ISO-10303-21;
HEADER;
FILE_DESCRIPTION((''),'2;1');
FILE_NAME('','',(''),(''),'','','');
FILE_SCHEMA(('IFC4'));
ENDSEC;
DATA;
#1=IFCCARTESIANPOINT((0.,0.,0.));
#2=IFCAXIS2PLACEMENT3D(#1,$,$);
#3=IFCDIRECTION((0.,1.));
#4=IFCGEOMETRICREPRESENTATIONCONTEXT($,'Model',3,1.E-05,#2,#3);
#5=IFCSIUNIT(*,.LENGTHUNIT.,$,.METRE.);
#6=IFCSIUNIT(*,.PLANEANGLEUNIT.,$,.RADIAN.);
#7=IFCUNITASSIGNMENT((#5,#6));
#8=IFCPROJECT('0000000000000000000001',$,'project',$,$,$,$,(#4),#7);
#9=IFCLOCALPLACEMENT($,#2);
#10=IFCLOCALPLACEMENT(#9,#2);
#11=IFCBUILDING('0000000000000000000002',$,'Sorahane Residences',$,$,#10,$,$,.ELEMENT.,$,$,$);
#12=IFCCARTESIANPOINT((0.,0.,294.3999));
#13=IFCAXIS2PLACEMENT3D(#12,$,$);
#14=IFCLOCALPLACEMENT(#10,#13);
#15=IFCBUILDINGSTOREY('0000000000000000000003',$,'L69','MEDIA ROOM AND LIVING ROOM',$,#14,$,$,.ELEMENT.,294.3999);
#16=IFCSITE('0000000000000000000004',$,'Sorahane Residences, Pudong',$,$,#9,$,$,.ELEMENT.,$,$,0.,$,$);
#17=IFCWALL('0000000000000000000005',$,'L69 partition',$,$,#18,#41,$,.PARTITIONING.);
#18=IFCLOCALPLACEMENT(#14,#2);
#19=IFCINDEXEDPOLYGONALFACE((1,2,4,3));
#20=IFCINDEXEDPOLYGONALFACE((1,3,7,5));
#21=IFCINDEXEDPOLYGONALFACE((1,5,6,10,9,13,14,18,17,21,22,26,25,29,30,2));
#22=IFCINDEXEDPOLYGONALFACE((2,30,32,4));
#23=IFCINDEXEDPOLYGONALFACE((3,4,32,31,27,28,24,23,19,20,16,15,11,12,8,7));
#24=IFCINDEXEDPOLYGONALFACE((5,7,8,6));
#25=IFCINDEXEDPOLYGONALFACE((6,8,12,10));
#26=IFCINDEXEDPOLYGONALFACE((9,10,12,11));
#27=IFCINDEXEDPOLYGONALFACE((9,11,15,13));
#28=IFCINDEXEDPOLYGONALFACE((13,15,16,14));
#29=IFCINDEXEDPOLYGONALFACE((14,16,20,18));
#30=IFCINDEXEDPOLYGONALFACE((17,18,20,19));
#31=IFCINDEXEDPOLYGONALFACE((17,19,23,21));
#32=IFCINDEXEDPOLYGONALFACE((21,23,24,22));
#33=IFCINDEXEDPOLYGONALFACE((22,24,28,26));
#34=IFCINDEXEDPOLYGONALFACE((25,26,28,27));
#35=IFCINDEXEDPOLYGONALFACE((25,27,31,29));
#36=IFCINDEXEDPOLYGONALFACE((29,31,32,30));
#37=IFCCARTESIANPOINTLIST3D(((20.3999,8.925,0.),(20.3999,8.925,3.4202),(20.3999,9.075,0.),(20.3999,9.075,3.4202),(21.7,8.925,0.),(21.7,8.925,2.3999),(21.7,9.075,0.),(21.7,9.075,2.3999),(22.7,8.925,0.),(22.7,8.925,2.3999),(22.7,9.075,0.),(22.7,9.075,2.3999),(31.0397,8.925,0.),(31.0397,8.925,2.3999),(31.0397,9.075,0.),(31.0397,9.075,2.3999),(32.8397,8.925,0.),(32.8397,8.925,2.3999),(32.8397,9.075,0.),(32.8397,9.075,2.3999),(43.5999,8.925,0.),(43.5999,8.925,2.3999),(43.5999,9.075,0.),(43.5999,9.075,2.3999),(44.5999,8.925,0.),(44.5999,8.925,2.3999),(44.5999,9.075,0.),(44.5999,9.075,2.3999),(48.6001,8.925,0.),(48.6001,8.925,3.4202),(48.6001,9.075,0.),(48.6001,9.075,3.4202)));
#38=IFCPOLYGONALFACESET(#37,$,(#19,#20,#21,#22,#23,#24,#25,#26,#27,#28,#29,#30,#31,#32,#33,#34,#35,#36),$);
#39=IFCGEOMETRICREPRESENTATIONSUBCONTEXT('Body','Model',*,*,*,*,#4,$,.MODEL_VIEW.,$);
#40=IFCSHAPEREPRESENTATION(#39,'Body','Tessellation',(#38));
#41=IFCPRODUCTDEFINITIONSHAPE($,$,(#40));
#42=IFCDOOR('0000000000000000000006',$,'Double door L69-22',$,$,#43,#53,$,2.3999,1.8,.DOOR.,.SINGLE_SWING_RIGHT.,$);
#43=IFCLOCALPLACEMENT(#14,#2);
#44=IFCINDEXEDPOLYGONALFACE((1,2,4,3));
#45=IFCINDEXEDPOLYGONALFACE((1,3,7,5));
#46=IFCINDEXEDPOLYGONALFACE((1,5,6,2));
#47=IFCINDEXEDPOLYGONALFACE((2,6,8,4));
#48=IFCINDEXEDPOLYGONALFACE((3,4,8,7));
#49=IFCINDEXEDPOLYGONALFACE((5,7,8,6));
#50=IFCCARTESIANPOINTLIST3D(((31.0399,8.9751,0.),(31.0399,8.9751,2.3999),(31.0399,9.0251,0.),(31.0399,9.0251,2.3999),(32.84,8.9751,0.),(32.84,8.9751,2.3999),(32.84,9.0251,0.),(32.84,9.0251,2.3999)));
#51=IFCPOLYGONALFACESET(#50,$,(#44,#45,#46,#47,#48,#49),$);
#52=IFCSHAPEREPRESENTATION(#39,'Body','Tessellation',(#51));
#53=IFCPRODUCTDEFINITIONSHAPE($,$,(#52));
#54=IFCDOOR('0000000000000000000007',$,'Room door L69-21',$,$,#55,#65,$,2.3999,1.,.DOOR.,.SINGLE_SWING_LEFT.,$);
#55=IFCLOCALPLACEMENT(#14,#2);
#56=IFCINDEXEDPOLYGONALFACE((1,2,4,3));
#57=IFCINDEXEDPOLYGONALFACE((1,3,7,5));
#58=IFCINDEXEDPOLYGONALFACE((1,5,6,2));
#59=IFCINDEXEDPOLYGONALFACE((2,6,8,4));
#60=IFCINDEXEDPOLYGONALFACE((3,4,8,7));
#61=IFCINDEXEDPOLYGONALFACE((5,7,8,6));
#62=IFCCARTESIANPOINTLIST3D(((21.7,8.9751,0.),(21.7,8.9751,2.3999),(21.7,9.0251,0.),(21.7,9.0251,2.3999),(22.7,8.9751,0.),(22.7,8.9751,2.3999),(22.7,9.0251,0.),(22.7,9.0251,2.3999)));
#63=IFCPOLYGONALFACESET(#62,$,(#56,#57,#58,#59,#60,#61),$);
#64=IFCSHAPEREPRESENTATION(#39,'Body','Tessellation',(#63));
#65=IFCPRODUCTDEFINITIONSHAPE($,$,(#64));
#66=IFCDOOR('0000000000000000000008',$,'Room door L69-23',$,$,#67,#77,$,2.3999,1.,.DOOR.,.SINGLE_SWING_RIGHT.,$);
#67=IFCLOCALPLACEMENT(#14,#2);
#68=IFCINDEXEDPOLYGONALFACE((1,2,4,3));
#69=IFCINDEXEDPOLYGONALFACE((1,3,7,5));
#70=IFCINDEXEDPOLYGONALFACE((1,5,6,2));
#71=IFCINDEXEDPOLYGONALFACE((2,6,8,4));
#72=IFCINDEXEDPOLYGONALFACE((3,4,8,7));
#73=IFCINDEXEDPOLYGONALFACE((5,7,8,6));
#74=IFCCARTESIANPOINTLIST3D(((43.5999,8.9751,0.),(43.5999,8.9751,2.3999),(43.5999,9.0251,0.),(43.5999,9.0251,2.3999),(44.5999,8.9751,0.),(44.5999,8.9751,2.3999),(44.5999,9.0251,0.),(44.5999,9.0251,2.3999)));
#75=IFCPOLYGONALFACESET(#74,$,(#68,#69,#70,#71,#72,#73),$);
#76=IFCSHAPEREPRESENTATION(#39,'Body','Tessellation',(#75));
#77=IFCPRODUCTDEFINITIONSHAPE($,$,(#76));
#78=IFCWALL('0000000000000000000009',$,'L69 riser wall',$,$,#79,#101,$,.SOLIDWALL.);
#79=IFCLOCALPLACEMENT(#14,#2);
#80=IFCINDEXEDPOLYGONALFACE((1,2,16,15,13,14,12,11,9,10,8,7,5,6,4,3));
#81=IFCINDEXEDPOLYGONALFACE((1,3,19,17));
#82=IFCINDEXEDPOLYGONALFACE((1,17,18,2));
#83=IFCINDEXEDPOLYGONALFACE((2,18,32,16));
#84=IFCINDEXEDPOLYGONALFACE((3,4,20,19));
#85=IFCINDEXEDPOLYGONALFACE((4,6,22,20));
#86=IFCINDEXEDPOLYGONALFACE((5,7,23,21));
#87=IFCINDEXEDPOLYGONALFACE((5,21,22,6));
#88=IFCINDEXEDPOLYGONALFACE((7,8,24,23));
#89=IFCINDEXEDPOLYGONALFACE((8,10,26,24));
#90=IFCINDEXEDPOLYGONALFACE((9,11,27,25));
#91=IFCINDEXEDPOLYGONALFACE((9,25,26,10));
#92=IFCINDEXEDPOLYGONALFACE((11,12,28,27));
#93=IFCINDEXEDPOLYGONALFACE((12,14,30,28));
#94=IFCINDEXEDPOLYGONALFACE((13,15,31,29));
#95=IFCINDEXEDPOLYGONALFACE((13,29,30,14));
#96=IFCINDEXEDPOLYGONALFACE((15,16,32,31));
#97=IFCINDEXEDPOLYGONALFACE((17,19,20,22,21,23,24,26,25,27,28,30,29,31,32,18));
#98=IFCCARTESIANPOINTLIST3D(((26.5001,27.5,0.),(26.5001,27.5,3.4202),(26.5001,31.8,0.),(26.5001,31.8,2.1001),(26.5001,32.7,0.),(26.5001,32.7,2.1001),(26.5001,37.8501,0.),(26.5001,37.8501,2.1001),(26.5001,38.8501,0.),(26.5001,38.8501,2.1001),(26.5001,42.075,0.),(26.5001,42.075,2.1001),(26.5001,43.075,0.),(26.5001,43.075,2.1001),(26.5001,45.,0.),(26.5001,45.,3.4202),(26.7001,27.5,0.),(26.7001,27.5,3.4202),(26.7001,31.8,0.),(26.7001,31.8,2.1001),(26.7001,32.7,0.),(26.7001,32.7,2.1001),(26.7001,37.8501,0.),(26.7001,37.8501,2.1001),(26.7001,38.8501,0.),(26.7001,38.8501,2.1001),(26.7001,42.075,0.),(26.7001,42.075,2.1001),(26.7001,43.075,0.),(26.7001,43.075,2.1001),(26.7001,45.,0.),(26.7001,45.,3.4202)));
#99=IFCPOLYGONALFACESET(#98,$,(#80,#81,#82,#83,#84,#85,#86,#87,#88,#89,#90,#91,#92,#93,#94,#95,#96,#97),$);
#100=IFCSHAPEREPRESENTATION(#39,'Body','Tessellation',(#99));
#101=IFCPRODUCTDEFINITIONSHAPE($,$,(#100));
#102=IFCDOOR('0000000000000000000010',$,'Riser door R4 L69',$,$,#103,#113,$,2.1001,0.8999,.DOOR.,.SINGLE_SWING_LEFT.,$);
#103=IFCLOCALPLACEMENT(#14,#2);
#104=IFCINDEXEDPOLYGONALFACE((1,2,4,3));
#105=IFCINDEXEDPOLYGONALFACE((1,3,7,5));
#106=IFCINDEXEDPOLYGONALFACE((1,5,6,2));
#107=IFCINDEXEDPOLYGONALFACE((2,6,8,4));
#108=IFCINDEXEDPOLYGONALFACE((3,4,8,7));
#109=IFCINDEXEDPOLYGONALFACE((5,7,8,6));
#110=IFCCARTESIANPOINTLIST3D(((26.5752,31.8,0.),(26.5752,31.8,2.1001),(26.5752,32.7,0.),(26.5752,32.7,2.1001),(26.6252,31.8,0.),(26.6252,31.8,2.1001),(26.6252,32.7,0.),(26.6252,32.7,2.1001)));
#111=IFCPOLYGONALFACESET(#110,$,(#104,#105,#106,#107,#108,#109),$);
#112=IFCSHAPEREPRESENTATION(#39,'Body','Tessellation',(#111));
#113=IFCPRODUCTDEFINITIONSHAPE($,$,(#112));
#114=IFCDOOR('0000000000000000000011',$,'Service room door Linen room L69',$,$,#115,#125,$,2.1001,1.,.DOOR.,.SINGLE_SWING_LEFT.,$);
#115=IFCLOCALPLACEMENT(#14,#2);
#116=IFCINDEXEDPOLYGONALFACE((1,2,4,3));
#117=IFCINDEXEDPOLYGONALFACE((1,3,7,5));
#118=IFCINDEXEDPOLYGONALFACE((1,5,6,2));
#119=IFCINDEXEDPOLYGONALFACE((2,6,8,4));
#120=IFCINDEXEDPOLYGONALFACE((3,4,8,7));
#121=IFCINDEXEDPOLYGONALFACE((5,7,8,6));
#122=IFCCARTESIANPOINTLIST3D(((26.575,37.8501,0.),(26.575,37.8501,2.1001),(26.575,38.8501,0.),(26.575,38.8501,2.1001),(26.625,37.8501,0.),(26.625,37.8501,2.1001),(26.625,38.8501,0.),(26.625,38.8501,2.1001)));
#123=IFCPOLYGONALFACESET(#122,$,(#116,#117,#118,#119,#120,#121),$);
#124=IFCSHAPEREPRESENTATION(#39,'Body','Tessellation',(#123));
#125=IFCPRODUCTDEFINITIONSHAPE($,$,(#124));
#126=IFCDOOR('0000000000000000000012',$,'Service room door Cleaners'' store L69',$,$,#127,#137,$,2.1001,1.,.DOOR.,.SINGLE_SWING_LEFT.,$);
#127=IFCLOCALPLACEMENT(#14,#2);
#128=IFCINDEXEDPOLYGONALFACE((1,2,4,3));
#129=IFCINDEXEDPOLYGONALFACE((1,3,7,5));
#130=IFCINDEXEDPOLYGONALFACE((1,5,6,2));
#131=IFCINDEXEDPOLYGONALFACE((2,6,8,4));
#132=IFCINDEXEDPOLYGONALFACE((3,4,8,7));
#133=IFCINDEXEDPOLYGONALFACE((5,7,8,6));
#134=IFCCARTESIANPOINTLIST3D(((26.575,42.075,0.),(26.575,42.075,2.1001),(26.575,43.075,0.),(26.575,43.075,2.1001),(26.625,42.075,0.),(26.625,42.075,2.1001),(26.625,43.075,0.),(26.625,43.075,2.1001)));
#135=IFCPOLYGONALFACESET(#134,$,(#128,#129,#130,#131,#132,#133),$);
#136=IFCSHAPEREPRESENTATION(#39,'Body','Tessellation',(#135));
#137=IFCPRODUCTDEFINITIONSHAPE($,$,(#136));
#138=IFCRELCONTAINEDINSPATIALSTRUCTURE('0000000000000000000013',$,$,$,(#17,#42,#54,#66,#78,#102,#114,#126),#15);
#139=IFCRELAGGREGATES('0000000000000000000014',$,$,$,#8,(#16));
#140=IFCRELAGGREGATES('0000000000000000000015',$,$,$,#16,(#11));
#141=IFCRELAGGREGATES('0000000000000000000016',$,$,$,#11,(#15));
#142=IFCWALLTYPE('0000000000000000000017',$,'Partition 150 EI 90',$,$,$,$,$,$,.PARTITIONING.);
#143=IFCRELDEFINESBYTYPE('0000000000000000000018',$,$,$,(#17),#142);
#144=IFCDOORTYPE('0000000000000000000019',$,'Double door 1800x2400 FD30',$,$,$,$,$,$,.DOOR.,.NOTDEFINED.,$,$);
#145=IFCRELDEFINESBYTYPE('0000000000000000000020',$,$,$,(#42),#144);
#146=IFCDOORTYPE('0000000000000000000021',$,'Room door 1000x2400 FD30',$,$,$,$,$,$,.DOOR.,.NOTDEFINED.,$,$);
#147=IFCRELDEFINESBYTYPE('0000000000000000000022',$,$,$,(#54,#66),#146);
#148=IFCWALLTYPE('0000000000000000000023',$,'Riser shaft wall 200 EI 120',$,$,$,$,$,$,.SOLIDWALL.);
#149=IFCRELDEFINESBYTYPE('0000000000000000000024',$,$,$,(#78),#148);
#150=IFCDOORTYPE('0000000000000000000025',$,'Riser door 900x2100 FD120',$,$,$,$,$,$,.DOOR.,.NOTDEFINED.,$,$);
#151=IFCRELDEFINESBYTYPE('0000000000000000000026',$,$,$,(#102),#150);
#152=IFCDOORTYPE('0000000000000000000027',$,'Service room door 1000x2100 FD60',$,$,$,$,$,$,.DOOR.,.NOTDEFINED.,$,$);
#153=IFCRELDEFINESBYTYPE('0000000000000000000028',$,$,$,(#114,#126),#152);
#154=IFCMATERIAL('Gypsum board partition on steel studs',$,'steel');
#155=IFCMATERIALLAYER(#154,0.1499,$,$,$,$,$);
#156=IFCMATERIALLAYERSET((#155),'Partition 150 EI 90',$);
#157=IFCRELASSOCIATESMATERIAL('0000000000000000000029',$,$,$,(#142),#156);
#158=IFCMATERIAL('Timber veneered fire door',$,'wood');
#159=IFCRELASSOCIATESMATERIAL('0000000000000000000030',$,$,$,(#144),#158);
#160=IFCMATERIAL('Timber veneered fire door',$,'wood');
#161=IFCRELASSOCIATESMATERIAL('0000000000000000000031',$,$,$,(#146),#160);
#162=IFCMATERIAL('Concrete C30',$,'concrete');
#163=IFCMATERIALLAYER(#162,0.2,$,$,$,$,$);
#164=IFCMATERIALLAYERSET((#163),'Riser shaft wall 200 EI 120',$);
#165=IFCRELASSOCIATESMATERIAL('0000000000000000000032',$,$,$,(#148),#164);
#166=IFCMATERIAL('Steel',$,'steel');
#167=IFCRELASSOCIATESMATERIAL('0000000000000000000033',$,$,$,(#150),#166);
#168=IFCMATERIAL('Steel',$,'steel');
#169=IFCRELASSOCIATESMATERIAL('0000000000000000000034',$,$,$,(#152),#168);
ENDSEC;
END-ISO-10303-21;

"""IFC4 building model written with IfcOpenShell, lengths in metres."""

from ifc_helpers import new_model, si_unit, direction, frame, frame_2d, origin, place, context, subcontext, project, spatial, rectangle, extrude, material, layer, layer_set, type_object, element, fill, save


model = new_model("IFC4")

# Units and contexts
model_context = context("Model", 3, precision=1e-05, world=origin(), true_north=direction((0.0, 1.0)))
body_context = subcontext(model_context, "Body", "Model", "MODEL_VIEW")
ifc_project = project(units=[si_unit("LENGTHUNIT", "METRE"), si_unit("PLANEANGLEUNIT", "RADIAN")], contexts=[model_context])

# Site, building, storey
site_placement = place(None, origin())
site = spatial("IfcSite", under=ifc_project, at=site_placement, Name="Sorahane Residences, Pudong", CompositionType="ELEMENT", RefElevation=0.0)
building_placement = place(site_placement, origin())
building = spatial("IfcBuilding", under=site, at=building_placement, Name="Sorahane Residences", CompositionType="ELEMENT")
storey_placement = place(building_placement, frame((0.0, 0.0, 294.3999)))
storey = spatial("IfcBuildingStorey", under=building, at=storey_placement, Name="L69", Description="MEDIA ROOM AND LIVING ROOM", CompositionType="ELEMENT", Elevation=294.3999)

# Shared definitions
ifc_material_1 = material(Name="Gypsum board partition on steel studs", Category="steel")
ifc_layer_1 = layer(ifc_material_1, 0.1499)
ifc_layer_set_1 = layer_set([ifc_layer_1], Name="Partition 150 EI 90")
wall_type_1 = type_object("IfcWallType", Name="Partition 150 EI 90", PredefinedType="PARTITIONING", material=ifc_layer_set_1)

# Walls, openings, doors
wall_1_placement = place(storey_placement, frame((20.3999, 9.0, 0.0), z_axis=(0.0, 0.0, 1.0), x_axis=(1.0, 0.0, 0.0)))
wall_1 = element("IfcWall", 1, at=wall_1_placement, inside=storey, type_object=wall_type_1, Name="L69 partition", PredefinedType="PARTITIONING", context=body_context, shape_type="SweptSolid", body=[
    extrude(rectangle(XDim=28.2002, YDim=0.1499, at=frame_2d((14.1001, 0.0))), origin(), (0.0, 0.0, 1.0), 3.4202),
])
opening_1_placement = place(wall_1_placement, frame((1.3, 0.0, 0.0)))
opening_1 = element("IfcOpeningElement", 2, at=opening_1_placement, cuts=wall_1, PredefinedType="OPENING", context=body_context, shape_type="SweptSolid", body=[
    extrude(rectangle(XDim=1.0, YDim=2.3999, at=frame_2d((0.5, 1.2))), frame((0.0, 0.085, 0.0), z_axis=(0.0, -1.0, 0.0), x_axis=(1.0, 0.0, 0.0)), (0.0, 0.0, 1.0), 0.1699),
])
opening_2_placement = place(wall_1_placement, frame((10.6399, 0.0, 0.0)))
opening_2 = element("IfcOpeningElement", 3, at=opening_2_placement, cuts=wall_1, PredefinedType="OPENING", context=body_context, shape_type="SweptSolid", body=[
    extrude(rectangle(XDim=1.8, YDim=2.3999, at=frame_2d((0.8999, 1.2))), frame((0.0, 0.085, 0.0), z_axis=(0.0, -1.0, 0.0), x_axis=(1.0, 0.0, 0.0)), (0.0, 0.0, 1.0), 0.1699),
])
opening_3_placement = place(wall_1_placement, frame((23.2, 0.0, 0.0)))
opening_3 = element("IfcOpeningElement", 4, at=opening_3_placement, cuts=wall_1, PredefinedType="OPENING", context=body_context, shape_type="SweptSolid", body=[
    extrude(rectangle(XDim=1.0, YDim=2.3999, at=frame_2d((0.5, 1.2))), frame((0.0, 0.085, 0.0), z_axis=(0.0, -1.0, 0.0), x_axis=(1.0, 0.0, 0.0)), (0.0, 0.0, 1.0), 0.1699),
])
ifc_material_2 = material(Name="Timber veneered fire door", Category="wood")
door_type_1 = type_object("IfcDoorType", Name="Double door 1800x2400 FD30", OperationType="NOTDEFINED", PredefinedType="DOOR", material=ifc_material_2)
door_1_placement = place(opening_2_placement, frame((1.8, 0.0, 0.0), z_axis=(0.0, 0.0, 1.0), x_axis=(-1.0, 0.0, 0.0)))
door_1 = element("IfcDoor", 5, at=door_1_placement, inside=storey, type_object=door_type_1, Name="Double door L69-22", OperationType="SINGLE_SWING_RIGHT", OverallHeight=2.3999, OverallWidth=1.8, PredefinedType="DOOR", context=body_context, shape_type="SweptSolid", body=[
    extrude(rectangle(XDim=1.8, YDim=2.3999, at=frame_2d((0.8999, 1.2))), frame((0.0, 0.0249, 0.0), z_axis=(0.0, -1.0, 0.0), x_axis=(1.0, 0.0, 0.0)), (0.0, 0.0, 1.0), 0.05),
])
fill(opening_2, door_1)
ifc_material_3 = material(Name="Timber veneered fire door", Category="wood")
door_type_2 = type_object("IfcDoorType", Name="Room door 1000x2400 FD30", OperationType="NOTDEFINED", PredefinedType="DOOR", material=ifc_material_3)
door_2_placement = place(opening_1_placement, frame((1.0, 0.0, 0.0), z_axis=(0.0, 0.0, 1.0), x_axis=(-1.0, 0.0, 0.0)))
door_2 = element("IfcDoor", 6, at=door_2_placement, inside=storey, type_object=door_type_2, Name="Room door L69-21", OperationType="SINGLE_SWING_LEFT", OverallHeight=2.3999, OverallWidth=1.0, PredefinedType="DOOR", context=body_context, shape_type="SweptSolid", body=[
    extrude(rectangle(XDim=1.0, YDim=2.3999, at=frame_2d((0.5, 1.2))), frame((0.0, 0.0249, 0.0), z_axis=(0.0, -1.0, 0.0), x_axis=(1.0, 0.0, 0.0)), (0.0, 0.0, 1.0), 0.05),
])
fill(opening_1, door_2)
door_3_placement = place(opening_3_placement, frame((1.0, 0.0, 0.0), z_axis=(0.0, 0.0, 1.0), x_axis=(-1.0, 0.0, 0.0)))
door_3 = element("IfcDoor", 7, at=door_3_placement, inside=storey, type_object=door_type_2, Name="Room door L69-23", OperationType="SINGLE_SWING_RIGHT", OverallHeight=2.3999, OverallWidth=1.0, PredefinedType="DOOR", context=body_context, shape_type="SweptSolid", body=[
    extrude(rectangle(XDim=1.0, YDim=2.3999, at=frame_2d((0.5, 1.2))), frame((0.0, 0.0249, 0.0), z_axis=(0.0, -1.0, 0.0), x_axis=(1.0, 0.0, 0.0)), (0.0, 0.0, 1.0), 0.05),
])
fill(opening_3, door_3)
ifc_material_4 = material(Name="Concrete C30", Category="concrete")
ifc_layer_2 = layer(ifc_material_4, 0.2)
ifc_layer_set_2 = layer_set([ifc_layer_2], Name="Riser shaft wall 200 EI 120")
wall_type_2 = type_object("IfcWallType", Name="Riser shaft wall 200 EI 120", PredefinedType="SOLIDWALL", material=ifc_layer_set_2)
wall_2_placement = place(storey_placement, frame((26.6001, 27.5, 0.0), z_axis=(0.0, 0.0, 1.0), x_axis=(0.0, 1.0, 0.0)))
wall_2 = element("IfcWall", 8, at=wall_2_placement, inside=storey, type_object=wall_type_2, Name="L69 riser wall", PredefinedType="SOLIDWALL", context=body_context, shape_type="SweptSolid", body=[
    extrude(rectangle(XDim=17.5, YDim=0.2, at=frame_2d((8.75, 0.0))), origin(), (0.0, 0.0, 1.0), 3.4202),
])
opening_4_placement = place(wall_2_placement, frame((4.3, 0.0, 0.0)))
opening_4 = element("IfcOpeningElement", 9, at=opening_4_placement, cuts=wall_2, PredefinedType="OPENING", context=body_context, shape_type="SweptSolid", body=[
    extrude(rectangle(XDim=0.8999, YDim=2.1001, at=frame_2d((0.45, 1.05))), frame((0.0, 0.1099, 0.0), z_axis=(0.0, -1.0, 0.0), x_axis=(1.0, 0.0, 0.0)), (0.0, 0.0, 1.0), 0.22),
])
opening_5_placement = place(wall_2_placement, frame((10.3501, 0.0, 0.0)))
opening_5 = element("IfcOpeningElement", 10, at=opening_5_placement, cuts=wall_2, PredefinedType="OPENING", context=body_context, shape_type="SweptSolid", body=[
    extrude(rectangle(XDim=1.0, YDim=2.1001, at=frame_2d((0.5, 1.05))), frame((0.0, 0.1099, 0.0), z_axis=(0.0, -1.0, 0.0), x_axis=(1.0, 0.0, 0.0)), (0.0, 0.0, 1.0), 0.22),
])
opening_6_placement = place(wall_2_placement, frame((14.575, 0.0, 0.0)))
opening_6 = element("IfcOpeningElement", 11, at=opening_6_placement, cuts=wall_2, PredefinedType="OPENING", context=body_context, shape_type="SweptSolid", body=[
    extrude(rectangle(XDim=1.0, YDim=2.1001, at=frame_2d((0.5, 1.05))), frame((0.0, 0.1099, 0.0), z_axis=(0.0, -1.0, 0.0), x_axis=(1.0, 0.0, 0.0)), (0.0, 0.0, 1.0), 0.22),
])
ifc_material_5 = material(Name="Steel", Category="steel")
door_type_3 = type_object("IfcDoorType", Name="Riser door 900x2100 FD120", OperationType="NOTDEFINED", PredefinedType="DOOR", material=ifc_material_5)
door_4_placement = place(opening_4_placement, origin())
door_4 = element("IfcDoor", 12, at=door_4_placement, inside=storey, type_object=door_type_3, Name="Riser door R4 L69", OperationType="SINGLE_SWING_LEFT", OverallHeight=2.1001, OverallWidth=0.8999, PredefinedType="DOOR", context=body_context, shape_type="SweptSolid", body=[
    extrude(rectangle(XDim=0.8999, YDim=2.1001, at=frame_2d((0.45, 1.05))), frame((0.0, 0.0249, 0.0), z_axis=(0.0, -1.0, 0.0), x_axis=(1.0, 0.0, 0.0)), (0.0, 0.0, 1.0), 0.05),
])
fill(opening_4, door_4)
ifc_material_6 = material(Name="Steel", Category="steel")
door_type_4 = type_object("IfcDoorType", Name="Service room door 1000x2100 FD60", OperationType="NOTDEFINED", PredefinedType="DOOR", material=ifc_material_6)
door_5_placement = place(opening_5_placement, frame((1.0, 0.0, 0.0), z_axis=(0.0, 0.0, 1.0), x_axis=(-1.0, 0.0, 0.0)))
door_5 = element("IfcDoor", 13, at=door_5_placement, inside=storey, type_object=door_type_4, Name="Service room door Linen room L69", OperationType="SINGLE_SWING_LEFT", OverallHeight=2.1001, OverallWidth=1.0, PredefinedType="DOOR", context=body_context, shape_type="SweptSolid", body=[
    extrude(rectangle(XDim=1.0, YDim=2.1001, at=frame_2d((0.5, 1.05))), frame((0.0, 0.0249, 0.0), z_axis=(0.0, -1.0, 0.0), x_axis=(1.0, 0.0, 0.0)), (0.0, 0.0, 1.0), 0.05),
])
fill(opening_5, door_5)
door_6_placement = place(opening_6_placement, frame((1.0, 0.0, 0.0), z_axis=(0.0, 0.0, 1.0), x_axis=(-1.0, 0.0, 0.0)))
door_6 = element("IfcDoor", 14, at=door_6_placement, inside=storey, type_object=door_type_4, Name="Service room door Cleaners' store L69", OperationType="SINGLE_SWING_LEFT", OverallHeight=2.1001, OverallWidth=1.0, PredefinedType="DOOR", context=body_context, shape_type="SweptSolid", body=[
    extrude(rectangle(XDim=1.0, YDim=2.1001, at=frame_2d((0.5, 1.05))), frame((0.0, 0.0249, 0.0), z_axis=(0.0, -1.0, 0.0), x_axis=(1.0, 0.0, 0.0)), (0.0, 0.0, 1.0), 0.05),
])
fill(opening_6, door_6)

save(model, "model.ifc")
